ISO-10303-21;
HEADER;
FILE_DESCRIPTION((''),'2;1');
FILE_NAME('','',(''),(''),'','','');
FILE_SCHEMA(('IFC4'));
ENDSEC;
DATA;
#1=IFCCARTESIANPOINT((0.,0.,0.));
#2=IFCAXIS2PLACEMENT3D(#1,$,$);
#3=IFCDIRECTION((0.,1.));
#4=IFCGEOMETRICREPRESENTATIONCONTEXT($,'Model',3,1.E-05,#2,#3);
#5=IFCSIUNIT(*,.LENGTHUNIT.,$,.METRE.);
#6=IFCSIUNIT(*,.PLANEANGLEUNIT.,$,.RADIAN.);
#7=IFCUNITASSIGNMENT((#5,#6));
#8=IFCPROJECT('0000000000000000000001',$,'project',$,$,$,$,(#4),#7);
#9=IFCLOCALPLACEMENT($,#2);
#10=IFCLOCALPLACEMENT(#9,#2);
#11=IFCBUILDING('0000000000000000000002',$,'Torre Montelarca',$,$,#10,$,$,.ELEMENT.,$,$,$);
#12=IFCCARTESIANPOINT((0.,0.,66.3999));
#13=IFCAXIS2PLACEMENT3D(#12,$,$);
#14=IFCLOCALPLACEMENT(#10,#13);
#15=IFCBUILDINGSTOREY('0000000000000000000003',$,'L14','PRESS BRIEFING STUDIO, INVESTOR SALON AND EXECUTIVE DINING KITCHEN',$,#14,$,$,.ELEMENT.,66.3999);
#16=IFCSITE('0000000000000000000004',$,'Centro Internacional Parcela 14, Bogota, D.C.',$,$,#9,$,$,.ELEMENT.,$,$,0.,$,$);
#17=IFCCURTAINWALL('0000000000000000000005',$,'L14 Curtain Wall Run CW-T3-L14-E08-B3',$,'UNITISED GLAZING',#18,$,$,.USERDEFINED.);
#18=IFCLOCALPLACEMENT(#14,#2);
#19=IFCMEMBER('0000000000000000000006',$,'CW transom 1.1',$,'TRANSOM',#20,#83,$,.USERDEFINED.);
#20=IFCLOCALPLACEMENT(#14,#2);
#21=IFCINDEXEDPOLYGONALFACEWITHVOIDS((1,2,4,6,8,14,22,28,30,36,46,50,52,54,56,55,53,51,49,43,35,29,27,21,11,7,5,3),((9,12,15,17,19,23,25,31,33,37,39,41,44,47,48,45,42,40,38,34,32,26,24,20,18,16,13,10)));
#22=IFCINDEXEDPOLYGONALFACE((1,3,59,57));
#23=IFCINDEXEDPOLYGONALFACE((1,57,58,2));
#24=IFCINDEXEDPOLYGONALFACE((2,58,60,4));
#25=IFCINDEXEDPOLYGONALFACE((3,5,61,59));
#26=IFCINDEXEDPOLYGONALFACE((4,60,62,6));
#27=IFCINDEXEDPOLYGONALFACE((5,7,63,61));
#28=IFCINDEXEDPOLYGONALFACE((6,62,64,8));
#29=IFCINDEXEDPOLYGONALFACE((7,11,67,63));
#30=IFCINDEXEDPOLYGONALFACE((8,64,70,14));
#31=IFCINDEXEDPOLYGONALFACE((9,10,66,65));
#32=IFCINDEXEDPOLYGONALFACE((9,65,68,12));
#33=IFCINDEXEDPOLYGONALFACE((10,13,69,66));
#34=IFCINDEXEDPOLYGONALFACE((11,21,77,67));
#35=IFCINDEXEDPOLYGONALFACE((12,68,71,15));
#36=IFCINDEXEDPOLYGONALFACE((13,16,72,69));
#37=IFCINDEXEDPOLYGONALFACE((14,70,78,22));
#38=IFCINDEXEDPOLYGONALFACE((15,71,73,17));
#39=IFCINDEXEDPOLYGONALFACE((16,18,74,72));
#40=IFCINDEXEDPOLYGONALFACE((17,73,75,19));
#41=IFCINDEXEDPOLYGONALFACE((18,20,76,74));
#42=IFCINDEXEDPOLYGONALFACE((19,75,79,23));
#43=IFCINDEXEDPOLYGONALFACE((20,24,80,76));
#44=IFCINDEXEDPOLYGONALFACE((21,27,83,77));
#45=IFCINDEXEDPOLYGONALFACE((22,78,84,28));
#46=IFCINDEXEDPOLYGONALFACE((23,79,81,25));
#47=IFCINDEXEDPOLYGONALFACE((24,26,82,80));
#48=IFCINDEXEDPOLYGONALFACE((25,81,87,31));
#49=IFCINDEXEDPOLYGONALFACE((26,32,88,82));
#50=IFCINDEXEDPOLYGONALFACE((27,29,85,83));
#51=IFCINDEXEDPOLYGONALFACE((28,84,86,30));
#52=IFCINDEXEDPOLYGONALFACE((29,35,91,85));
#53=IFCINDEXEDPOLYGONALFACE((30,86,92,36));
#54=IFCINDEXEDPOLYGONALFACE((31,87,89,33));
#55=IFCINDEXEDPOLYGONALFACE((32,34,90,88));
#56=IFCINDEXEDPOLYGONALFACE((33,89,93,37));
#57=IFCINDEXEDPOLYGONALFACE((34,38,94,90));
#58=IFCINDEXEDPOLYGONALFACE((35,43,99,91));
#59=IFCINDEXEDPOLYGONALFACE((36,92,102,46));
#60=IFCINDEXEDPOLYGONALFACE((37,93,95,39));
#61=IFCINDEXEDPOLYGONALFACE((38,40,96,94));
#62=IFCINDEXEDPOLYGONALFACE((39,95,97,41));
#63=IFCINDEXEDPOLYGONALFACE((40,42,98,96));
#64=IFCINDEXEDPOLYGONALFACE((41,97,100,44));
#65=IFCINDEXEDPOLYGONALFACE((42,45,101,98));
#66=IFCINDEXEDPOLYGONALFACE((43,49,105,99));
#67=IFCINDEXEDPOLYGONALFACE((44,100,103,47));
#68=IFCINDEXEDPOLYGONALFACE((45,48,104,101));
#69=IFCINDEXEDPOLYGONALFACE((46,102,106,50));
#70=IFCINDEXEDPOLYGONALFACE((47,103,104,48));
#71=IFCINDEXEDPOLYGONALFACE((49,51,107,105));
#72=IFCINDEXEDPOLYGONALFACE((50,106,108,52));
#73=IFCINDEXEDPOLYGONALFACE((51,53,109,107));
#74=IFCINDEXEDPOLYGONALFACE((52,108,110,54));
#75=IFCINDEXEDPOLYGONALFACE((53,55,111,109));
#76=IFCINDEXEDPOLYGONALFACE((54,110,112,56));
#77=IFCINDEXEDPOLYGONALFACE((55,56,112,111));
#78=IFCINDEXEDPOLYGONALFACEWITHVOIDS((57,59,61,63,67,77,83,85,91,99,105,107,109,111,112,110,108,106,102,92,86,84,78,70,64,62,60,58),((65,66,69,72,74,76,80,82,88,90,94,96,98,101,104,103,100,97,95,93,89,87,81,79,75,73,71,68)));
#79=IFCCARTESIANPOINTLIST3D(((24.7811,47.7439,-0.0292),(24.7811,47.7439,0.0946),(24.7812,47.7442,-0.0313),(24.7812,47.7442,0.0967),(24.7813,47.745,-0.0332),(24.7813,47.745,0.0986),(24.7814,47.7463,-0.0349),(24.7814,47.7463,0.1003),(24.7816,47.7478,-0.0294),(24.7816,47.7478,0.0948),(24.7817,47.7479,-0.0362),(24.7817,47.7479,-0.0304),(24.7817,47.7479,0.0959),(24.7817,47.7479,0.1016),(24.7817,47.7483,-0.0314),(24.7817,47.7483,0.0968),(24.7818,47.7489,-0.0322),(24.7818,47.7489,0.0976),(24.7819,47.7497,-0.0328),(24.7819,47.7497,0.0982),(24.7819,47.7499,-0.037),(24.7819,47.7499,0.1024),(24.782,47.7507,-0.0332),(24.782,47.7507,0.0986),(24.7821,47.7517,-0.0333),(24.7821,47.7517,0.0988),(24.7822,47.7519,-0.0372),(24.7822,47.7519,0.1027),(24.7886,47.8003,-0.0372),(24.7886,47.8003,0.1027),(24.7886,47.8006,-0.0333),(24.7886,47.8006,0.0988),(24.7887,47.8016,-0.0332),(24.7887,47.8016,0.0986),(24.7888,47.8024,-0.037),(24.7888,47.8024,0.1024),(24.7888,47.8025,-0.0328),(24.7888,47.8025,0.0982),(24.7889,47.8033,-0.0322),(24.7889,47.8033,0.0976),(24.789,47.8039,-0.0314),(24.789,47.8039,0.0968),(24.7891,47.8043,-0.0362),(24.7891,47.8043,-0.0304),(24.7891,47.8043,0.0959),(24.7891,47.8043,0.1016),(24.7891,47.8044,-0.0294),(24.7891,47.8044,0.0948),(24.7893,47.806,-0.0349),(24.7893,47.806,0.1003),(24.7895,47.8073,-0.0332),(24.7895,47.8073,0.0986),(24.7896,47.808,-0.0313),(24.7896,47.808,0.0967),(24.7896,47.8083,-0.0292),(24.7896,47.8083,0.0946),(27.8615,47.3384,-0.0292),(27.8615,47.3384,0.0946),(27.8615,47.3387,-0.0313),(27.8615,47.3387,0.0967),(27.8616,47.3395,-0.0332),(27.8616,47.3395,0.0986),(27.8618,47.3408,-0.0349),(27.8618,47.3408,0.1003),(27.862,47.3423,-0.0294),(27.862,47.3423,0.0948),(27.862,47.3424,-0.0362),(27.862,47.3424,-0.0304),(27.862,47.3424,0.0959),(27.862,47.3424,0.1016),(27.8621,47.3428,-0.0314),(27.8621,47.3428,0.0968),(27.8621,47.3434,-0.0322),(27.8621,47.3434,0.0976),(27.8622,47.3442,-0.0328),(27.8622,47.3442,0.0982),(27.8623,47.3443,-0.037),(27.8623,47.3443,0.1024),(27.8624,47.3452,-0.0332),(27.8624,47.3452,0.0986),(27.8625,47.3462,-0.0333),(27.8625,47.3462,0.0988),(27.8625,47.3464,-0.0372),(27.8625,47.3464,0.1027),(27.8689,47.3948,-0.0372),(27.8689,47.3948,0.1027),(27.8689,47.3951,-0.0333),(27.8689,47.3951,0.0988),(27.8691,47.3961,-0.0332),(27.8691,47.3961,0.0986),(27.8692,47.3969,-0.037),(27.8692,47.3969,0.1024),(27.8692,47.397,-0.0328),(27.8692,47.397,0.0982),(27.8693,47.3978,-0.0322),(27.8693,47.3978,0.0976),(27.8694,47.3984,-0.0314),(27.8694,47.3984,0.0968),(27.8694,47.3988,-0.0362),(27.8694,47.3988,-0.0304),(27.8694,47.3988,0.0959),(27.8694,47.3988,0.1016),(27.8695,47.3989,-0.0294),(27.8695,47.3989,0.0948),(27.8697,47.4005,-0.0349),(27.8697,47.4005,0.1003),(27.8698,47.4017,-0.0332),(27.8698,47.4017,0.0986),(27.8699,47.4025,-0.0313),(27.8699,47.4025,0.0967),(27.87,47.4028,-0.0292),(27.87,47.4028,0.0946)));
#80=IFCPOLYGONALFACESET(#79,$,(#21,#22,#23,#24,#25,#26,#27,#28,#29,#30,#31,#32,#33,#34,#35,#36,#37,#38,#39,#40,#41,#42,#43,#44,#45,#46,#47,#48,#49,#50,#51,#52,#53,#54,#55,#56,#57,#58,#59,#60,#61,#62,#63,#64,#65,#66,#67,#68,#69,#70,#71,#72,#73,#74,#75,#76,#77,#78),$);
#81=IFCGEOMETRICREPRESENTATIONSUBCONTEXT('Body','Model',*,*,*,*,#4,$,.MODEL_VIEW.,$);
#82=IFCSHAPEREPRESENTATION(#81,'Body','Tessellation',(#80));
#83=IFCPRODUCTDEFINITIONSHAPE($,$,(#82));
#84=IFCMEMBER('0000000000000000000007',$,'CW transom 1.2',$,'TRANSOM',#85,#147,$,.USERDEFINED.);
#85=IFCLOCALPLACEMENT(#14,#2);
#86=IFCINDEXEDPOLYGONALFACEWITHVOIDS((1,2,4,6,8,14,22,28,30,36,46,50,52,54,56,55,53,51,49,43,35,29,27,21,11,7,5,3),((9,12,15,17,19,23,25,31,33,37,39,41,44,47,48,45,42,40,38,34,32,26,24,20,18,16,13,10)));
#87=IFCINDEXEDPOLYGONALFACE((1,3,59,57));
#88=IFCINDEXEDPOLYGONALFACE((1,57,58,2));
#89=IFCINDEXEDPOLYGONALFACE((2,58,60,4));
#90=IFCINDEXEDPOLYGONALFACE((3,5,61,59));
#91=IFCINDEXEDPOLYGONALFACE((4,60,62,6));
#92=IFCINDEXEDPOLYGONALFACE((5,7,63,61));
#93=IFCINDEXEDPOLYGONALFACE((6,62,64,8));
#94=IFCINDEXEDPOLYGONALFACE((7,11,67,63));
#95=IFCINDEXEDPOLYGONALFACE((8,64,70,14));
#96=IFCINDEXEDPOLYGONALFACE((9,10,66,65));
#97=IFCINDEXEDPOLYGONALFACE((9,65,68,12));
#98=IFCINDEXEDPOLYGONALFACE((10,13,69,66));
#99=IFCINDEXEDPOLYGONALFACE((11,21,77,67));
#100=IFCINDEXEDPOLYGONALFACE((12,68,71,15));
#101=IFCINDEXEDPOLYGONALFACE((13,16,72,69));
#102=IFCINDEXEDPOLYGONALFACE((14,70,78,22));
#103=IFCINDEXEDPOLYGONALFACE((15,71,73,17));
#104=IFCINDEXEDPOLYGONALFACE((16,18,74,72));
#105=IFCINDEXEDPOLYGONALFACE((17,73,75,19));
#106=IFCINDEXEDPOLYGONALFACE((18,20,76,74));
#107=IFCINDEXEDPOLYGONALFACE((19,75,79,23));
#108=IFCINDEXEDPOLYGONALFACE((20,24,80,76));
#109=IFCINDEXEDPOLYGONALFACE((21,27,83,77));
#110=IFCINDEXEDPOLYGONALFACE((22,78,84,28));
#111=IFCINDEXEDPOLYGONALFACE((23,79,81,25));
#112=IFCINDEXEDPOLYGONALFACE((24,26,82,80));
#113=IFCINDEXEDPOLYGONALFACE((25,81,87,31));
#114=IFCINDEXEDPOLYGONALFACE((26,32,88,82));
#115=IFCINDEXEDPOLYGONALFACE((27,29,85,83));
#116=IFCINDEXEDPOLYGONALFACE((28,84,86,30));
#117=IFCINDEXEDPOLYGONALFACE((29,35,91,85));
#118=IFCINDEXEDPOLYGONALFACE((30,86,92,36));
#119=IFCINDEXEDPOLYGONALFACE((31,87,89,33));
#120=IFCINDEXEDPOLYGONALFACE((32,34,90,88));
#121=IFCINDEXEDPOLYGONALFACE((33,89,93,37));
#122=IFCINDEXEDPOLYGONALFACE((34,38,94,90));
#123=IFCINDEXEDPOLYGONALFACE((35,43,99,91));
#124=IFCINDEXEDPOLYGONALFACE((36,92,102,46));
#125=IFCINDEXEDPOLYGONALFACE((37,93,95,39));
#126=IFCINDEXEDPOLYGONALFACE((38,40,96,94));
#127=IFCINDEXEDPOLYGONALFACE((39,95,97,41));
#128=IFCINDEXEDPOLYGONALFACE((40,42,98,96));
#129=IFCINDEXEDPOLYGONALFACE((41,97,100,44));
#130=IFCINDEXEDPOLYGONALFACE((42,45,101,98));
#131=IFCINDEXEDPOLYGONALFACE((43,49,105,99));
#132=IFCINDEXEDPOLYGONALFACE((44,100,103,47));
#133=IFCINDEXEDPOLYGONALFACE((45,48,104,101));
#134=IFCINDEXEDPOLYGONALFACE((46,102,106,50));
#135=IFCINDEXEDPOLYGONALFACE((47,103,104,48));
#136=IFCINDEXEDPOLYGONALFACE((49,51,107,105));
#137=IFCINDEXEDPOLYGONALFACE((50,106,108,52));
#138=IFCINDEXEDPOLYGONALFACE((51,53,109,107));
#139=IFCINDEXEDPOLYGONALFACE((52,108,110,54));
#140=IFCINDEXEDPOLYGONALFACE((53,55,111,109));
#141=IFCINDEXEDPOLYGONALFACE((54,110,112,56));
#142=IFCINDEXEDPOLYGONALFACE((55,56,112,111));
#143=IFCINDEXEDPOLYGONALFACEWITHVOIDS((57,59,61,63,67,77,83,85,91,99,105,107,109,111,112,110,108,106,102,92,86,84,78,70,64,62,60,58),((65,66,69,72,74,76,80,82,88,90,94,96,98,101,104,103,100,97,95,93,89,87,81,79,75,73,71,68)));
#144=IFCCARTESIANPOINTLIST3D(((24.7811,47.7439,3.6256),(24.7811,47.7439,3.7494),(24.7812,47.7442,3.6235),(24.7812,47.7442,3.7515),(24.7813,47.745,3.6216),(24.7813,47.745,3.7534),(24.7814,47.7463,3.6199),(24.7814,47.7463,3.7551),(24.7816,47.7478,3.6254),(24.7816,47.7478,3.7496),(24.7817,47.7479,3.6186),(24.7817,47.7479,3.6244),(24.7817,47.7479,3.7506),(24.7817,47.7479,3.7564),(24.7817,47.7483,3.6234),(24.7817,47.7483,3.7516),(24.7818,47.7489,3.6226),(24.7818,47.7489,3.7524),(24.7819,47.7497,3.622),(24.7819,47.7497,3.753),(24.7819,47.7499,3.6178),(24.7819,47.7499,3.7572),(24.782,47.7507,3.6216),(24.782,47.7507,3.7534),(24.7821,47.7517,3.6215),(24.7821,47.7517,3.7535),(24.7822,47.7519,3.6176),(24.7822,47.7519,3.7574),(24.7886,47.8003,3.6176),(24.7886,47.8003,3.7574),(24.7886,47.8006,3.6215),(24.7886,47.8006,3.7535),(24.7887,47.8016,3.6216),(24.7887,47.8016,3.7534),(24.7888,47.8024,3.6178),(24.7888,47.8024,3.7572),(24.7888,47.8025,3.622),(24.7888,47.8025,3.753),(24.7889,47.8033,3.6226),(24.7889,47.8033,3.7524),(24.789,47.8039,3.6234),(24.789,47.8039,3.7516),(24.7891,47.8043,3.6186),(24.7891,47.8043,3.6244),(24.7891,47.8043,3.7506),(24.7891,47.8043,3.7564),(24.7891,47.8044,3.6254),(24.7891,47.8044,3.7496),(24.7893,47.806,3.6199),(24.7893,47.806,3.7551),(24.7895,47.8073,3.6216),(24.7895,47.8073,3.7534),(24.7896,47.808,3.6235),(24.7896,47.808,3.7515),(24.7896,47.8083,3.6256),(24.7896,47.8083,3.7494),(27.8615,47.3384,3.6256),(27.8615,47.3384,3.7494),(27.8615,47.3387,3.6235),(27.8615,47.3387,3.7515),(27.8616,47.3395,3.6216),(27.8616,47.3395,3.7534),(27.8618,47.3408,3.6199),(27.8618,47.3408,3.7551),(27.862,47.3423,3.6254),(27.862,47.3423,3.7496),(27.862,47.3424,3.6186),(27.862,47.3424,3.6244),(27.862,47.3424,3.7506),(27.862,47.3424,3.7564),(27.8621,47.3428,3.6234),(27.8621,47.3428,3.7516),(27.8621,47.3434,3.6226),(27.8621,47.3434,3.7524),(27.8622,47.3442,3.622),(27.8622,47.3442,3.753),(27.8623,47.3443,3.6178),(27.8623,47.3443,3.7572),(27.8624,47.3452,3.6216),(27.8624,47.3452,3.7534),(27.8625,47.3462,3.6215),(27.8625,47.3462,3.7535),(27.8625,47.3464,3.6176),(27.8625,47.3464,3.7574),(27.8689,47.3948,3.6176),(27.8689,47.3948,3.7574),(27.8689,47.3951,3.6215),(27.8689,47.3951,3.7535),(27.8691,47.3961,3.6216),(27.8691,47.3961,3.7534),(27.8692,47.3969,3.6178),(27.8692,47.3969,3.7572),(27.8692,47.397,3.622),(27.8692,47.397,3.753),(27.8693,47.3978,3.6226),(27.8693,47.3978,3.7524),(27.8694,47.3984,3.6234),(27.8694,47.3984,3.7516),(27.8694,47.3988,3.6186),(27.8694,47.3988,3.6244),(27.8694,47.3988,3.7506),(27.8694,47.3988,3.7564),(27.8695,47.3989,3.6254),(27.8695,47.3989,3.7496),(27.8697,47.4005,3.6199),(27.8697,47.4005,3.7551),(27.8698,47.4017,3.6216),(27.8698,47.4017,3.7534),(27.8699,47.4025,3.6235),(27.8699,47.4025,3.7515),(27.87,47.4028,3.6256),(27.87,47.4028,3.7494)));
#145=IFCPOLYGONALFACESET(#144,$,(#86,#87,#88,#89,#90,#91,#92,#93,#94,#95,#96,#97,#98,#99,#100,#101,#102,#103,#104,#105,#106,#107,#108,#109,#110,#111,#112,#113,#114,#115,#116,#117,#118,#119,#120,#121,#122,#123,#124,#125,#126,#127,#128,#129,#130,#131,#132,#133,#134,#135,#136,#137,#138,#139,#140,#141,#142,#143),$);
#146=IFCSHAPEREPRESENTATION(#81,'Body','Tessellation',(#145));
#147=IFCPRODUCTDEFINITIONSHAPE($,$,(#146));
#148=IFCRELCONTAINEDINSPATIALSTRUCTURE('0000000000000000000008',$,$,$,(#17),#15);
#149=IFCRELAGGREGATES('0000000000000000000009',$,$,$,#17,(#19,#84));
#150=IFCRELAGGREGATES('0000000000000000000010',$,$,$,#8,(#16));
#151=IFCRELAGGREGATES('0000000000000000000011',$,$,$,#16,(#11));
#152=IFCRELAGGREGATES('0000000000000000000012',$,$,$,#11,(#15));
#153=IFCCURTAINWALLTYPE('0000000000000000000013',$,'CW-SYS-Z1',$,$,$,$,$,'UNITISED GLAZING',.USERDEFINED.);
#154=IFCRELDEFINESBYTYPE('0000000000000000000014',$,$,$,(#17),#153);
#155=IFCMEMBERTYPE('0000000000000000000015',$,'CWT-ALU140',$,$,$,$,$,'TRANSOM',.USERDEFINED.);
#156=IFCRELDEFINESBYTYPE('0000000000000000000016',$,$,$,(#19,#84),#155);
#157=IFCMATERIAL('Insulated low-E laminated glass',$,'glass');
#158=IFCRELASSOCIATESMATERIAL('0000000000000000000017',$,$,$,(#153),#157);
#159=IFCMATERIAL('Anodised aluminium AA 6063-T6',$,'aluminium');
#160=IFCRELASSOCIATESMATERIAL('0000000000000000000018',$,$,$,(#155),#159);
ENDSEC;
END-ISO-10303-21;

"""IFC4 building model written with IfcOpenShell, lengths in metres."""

from ifc_helpers import new_model, si_unit, direction, frame, origin, origin_2d, place, context, subcontext, project, spatial, hollow_rectangle, extrude, source, transform, mapped, material, material_profile, profile_set, type_object, element, aggregate, save


model = new_model("IFC4")

# Units and contexts
model_context = context("Model", 3, precision=1e-05, world=origin(), true_north=direction((0.0, 1.0)))
body_context = subcontext(model_context, "Body", "Model", "MODEL_VIEW")
ifc_project = project(units=[si_unit("LENGTHUNIT", "METRE"), si_unit("PLANEANGLEUNIT", "RADIAN")], contexts=[model_context])

# Site, building, storey
site_placement = place(None, origin())
site = spatial("IfcSite", under=ifc_project, at=site_placement, Name="Centro Internacional Parcela 14, Bogota, D.C.", CompositionType="ELEMENT", RefElevation=0.0)
building_placement = place(site_placement, origin())
building = spatial("IfcBuilding", under=site, at=building_placement, Name="Torre Montelarca", CompositionType="ELEMENT")
storey_placement = place(building_placement, frame((0.0, 0.0, 66.3999)))
storey = spatial("IfcBuildingStorey", under=building, at=storey_placement, Name="L14", Description="PRESS BRIEFING STUDIO, INVESTOR SALON AND EXECUTIVE DINING KITCHEN", CompositionType="ELEMENT", Elevation=66.3999)

# Curtain wall, members
ifc_material_1 = material(Name="Insulated low-E laminated glass", Category="glass")
curtain_wall_type = type_object("IfcCurtainWallType", Name="CW-SYS-Z1", ElementType="UNITISED GLAZING", PredefinedType="USERDEFINED", material=ifc_material_1)
ifc_material_2 = material(Name="Anodised aluminium AA 6063-T6", Category="aluminium")
ifc_material_profile_1 = material_profile(ifc_material_2, hollow_rectangle(XDim=0.0649, YDim=0.1399, WallThickness=0.0039, InnerFilletRadius=0.0039, OuterFilletRadius=0.0081, at=origin_2d()), Name="ALU65X140X4", Category="aluminium")
ifc_profile_set_1 = profile_set([ifc_material_profile_1], Name="Anodised aluminium AA 6063-T6")
member_type_1 = type_object("IfcMemberType", Name="CWT-ALU140", ElementType="TRANSOM", PredefinedType="USERDEFINED", material=ifc_profile_set_1)
curtain_wall_1_placement = place(storey_placement, origin())
curtain_wall_1 = element("IfcCurtainWall", 1, at=curtain_wall_1_placement, inside=storey, type_object=curtain_wall_type, Name="L14 Curtain Wall Run CW-T3-L14-E08-B3", ObjectType="UNITISED GLAZING", PredefinedType="USERDEFINED")
shared_shape_1 = source(origin(), body_context, "Body", "SweptSolid", [
    extrude(hollow_rectangle(XDim=0.0649, YDim=0.1399, WallThickness=0.0039, InnerFilletRadius=0.0039, OuterFilletRadius=0.0081, at=origin_2d()), origin(), (0.0, 0.0, 1.0), 3.1069),
])
member_1_placement = place(storey_placement, frame((27.8657, 47.3706, 0.0327), z_axis=(-0.991445, 0.130522, 0.0), x_axis=(-0.130522, -0.991445, 0.0)))
member_1 = element("IfcMember", 2, at=member_1_placement, type_object=member_type_1, Name="CW transom 1.1", ObjectType="TRANSOM", PredefinedType="USERDEFINED", context=body_context, shape_type="MappedRepresentation", body=[
    mapped(shared_shape_1, transform((0.0, 0.0, 0.0), scale=1.0)),
])
member_2_placement = place(storey_placement, frame((27.8657, 47.3706, 3.6875), z_axis=(-0.991445, 0.130522, 0.0), x_axis=(-0.130522, -0.991445, 0.0)))
member_2 = element("IfcMember", 3, at=member_2_placement, type_object=member_type_1, Name="CW transom 1.2", ObjectType="TRANSOM", PredefinedType="USERDEFINED", context=body_context, shape_type="MappedRepresentation", body=[
    mapped(shared_shape_1, transform((0.0, 0.0, 0.0), scale=1.0)),
])

aggregate(curtain_wall_1, [member_1, member_2])

save(model, "model.ifc")
